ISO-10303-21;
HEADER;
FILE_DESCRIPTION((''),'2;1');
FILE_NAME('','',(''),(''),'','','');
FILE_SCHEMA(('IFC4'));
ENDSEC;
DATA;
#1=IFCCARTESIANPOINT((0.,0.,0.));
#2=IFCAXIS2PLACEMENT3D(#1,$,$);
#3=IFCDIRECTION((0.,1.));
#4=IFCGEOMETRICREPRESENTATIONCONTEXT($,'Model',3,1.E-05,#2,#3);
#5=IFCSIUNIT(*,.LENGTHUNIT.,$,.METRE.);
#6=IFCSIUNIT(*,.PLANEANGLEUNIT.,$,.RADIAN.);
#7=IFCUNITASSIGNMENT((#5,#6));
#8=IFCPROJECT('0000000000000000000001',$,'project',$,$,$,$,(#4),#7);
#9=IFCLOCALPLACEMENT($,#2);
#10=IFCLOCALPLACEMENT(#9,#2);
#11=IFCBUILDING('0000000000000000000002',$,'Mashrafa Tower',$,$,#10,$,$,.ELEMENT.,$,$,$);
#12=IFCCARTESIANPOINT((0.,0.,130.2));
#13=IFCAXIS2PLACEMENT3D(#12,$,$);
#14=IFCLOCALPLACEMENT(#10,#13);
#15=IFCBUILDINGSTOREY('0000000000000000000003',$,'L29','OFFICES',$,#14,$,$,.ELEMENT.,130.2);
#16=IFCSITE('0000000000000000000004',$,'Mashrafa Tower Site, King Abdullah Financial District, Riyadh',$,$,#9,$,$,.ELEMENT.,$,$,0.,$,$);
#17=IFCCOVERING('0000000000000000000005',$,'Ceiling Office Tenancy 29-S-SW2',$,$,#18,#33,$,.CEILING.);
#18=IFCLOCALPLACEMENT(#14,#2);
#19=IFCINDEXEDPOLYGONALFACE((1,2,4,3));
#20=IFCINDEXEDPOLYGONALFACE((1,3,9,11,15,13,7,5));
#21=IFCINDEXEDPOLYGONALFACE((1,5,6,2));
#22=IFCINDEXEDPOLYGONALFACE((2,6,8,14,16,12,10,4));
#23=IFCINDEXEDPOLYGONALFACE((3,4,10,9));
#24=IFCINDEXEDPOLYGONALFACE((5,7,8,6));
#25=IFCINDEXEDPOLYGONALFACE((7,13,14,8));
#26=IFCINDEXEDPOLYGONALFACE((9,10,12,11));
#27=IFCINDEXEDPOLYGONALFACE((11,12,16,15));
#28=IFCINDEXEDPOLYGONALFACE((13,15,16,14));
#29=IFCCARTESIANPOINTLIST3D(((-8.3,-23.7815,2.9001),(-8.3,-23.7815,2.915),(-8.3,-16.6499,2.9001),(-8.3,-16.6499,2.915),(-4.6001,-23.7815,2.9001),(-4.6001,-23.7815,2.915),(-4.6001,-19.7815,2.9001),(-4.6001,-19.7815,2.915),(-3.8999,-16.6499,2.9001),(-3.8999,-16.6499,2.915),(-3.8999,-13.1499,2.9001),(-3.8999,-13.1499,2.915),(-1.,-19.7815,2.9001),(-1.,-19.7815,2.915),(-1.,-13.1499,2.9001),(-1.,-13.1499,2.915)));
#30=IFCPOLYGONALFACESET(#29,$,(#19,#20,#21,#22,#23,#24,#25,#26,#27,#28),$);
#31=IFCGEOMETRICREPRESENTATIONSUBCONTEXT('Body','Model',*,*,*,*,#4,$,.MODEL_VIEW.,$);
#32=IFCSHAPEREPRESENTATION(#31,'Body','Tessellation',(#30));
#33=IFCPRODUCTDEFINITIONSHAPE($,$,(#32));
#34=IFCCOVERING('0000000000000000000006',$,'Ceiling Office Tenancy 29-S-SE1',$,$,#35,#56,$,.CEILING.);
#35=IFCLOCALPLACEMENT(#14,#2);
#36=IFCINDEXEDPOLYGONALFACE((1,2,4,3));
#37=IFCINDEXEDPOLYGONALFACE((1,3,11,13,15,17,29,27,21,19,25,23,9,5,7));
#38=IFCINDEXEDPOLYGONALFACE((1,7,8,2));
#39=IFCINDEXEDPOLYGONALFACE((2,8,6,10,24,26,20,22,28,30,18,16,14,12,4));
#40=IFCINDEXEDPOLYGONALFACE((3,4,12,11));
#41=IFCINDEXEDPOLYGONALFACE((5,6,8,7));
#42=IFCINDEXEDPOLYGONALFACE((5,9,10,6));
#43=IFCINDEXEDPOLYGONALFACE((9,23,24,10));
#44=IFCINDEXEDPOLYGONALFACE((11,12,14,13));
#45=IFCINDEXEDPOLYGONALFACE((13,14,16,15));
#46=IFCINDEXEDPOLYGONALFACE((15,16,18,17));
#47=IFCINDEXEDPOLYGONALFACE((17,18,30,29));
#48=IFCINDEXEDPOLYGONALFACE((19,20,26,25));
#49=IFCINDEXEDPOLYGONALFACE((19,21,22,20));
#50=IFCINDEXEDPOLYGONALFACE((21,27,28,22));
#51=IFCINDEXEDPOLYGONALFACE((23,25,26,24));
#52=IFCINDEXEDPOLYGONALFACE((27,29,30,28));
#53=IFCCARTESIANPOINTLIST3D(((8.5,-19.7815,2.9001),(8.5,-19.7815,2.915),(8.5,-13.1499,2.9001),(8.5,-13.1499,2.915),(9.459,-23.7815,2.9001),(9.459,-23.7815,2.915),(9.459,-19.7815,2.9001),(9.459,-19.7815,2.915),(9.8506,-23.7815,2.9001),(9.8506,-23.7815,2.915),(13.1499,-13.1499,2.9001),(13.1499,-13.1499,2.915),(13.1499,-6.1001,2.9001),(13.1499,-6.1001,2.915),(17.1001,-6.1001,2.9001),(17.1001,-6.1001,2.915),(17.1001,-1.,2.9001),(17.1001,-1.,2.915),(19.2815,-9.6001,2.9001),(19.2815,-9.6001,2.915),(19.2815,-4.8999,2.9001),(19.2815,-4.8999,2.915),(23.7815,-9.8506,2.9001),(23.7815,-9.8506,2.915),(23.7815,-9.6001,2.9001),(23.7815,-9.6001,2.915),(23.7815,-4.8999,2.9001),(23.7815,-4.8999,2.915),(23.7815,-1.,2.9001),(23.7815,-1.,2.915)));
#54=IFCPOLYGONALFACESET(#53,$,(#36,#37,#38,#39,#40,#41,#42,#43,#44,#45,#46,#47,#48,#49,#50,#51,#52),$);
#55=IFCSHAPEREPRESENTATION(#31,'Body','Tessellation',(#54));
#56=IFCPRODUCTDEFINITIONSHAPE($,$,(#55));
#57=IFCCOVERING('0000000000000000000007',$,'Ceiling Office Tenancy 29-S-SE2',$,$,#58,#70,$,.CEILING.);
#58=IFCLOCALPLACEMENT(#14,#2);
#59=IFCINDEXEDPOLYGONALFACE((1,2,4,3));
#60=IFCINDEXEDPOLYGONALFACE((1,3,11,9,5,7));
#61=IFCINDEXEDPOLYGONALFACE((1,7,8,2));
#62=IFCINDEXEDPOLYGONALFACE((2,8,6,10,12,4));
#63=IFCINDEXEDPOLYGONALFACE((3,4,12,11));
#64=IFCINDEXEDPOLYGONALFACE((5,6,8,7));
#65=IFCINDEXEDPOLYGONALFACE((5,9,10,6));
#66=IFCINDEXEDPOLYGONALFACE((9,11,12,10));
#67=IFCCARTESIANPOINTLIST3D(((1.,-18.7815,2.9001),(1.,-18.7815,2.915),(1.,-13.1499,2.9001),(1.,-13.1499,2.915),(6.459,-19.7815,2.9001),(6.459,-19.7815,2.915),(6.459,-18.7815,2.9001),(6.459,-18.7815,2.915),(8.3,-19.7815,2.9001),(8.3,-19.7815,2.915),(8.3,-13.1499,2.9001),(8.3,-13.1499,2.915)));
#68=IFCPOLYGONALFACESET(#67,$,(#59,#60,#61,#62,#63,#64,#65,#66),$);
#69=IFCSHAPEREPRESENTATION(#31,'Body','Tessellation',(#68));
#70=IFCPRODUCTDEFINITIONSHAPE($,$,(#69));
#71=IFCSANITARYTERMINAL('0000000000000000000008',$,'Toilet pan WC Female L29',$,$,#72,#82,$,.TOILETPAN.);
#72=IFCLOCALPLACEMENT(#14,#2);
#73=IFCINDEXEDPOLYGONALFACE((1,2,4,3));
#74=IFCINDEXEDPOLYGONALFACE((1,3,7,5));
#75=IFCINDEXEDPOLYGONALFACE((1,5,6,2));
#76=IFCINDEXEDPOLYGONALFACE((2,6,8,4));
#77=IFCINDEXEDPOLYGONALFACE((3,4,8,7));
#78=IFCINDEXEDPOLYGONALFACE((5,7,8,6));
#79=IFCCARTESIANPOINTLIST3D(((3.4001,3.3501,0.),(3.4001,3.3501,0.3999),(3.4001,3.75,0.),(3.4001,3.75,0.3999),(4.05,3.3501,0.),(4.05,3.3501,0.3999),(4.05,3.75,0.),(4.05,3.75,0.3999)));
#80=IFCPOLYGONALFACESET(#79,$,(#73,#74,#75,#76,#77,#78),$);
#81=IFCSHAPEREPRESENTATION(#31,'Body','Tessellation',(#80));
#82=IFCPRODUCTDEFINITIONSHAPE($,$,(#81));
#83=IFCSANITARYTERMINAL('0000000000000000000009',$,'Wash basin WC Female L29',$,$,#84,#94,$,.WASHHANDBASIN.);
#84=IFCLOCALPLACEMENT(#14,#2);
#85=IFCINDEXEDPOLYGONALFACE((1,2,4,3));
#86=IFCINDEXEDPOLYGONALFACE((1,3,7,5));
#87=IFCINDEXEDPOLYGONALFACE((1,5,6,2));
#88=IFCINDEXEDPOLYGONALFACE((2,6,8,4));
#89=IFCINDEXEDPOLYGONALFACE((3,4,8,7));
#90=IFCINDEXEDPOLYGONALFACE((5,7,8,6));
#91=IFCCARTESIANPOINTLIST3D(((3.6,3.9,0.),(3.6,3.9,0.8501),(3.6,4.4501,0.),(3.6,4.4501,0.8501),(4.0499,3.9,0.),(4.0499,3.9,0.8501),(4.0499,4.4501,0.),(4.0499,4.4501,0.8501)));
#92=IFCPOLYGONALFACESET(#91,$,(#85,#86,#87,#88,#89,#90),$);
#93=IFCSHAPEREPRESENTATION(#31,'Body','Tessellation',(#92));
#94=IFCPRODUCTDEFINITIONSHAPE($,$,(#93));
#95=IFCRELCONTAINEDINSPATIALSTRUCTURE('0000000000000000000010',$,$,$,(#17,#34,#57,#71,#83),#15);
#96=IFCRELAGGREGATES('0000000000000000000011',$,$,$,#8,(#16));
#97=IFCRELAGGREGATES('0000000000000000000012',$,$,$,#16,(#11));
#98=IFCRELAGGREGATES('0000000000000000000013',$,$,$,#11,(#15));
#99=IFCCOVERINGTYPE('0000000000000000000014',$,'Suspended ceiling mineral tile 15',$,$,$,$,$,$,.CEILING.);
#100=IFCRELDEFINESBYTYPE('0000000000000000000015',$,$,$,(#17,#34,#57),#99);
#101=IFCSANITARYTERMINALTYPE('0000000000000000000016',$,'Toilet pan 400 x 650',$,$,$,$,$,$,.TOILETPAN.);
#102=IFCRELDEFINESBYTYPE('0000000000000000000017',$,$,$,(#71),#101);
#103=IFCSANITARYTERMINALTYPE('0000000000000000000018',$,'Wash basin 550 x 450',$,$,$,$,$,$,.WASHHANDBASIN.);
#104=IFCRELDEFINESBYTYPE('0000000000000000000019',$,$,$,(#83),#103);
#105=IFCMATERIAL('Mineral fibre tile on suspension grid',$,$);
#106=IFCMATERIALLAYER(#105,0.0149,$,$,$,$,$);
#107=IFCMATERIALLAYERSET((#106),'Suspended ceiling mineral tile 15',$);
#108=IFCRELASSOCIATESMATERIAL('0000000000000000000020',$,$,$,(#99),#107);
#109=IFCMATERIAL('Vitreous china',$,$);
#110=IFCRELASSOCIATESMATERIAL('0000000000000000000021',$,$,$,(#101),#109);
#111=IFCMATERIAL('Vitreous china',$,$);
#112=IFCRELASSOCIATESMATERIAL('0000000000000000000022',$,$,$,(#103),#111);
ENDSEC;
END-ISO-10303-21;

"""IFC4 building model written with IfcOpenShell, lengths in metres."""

from ifc_helpers import new_model, si_unit, direction, frame, origin, origin_2d, place, context, subcontext, project, spatial, polyline, rectangle, outline, extrude, material, layer, layer_set, type_object, element, save


model = new_model("IFC4")

# Units and contexts
model_context = context("Model", 3, precision=1e-05, world=origin(), true_north=direction((0.0, 1.0)))
body_context = subcontext(model_context, "Body", "Model", "MODEL_VIEW")
ifc_project = project(units=[si_unit("LENGTHUNIT", "METRE"), si_unit("PLANEANGLEUNIT", "RADIAN")], contexts=[model_context])

# Site, building, storey
site_placement = place(None, origin())
site = spatial("IfcSite", under=ifc_project, at=site_placement, Name="Mashrafa Tower Site, King Abdullah Financial District, Riyadh", CompositionType="ELEMENT", RefElevation=0.0)
building_placement = place(site_placement, origin())
building = spatial("IfcBuilding", under=site, at=building_placement, Name="Mashrafa Tower", CompositionType="ELEMENT")
storey_placement = place(building_placement, frame((0.0, 0.0, 130.2)))
storey = spatial("IfcBuildingStorey", under=building, at=storey_placement, Name="L29", Description="OFFICES", CompositionType="ELEMENT", Elevation=130.2)

# Coverings
ifc_material_1 = material(Name="Mineral fibre tile on suspension grid")
ifc_layer_1 = layer(ifc_material_1, 0.0149)
ifc_layer_set_1 = layer_set([ifc_layer_1], Name="Suspended ceiling mineral tile 15")
covering_type = type_object("IfcCoveringType", Name="Suspended ceiling mineral tile 15", PredefinedType="CEILING", material=ifc_layer_set_1)
covering_1_placement = place(storey_placement, frame((0.0, 0.0, 2.9001)))
element("IfcCovering", 1, at=covering_1_placement, inside=storey, type_object=covering_type, Name="Ceiling Office Tenancy 29-S-SW2", PredefinedType="CEILING", context=body_context, shape_type="SweptSolid", body=[
    extrude(outline(polyline([(-4.6001, -23.7815), (-8.3, -23.7815), (-8.3, -16.6499), (-3.8999, -16.6499), (-3.8999, -13.1499), (-1.0, -13.1499), (-1.0, -19.7815), (-4.6001, -19.7815), (-4.6001, -23.7815)])), origin(), (0.0, 0.0, 1.0), 0.0149),
])
covering_2_placement = place(storey_placement, frame((0.0, 0.0, 2.9001)))
element("IfcCovering", 2, at=covering_2_placement, inside=storey, type_object=covering_type, Name="Ceiling Office Tenancy 29-S-SE1", PredefinedType="CEILING", context=body_context, shape_type="SweptSolid", body=[
    extrude(outline(polyline([(23.7815, -1.0), (23.7815, -4.8999), (19.2815, -4.8999), (19.2815, -9.6001), (23.7815, -9.6001), (23.7815, -9.8506), (9.8506, -23.7815), (9.459, -23.7815), (9.459, -19.7815), (8.5, -19.7815), (8.5, -13.1499), (13.1499, -13.1499), (13.1499, -6.1001), (17.1001, -6.1001), (17.1001, -1.0), (23.7815, -1.0)])), origin(), (0.0, 0.0, 1.0), 0.0149),
])
covering_3_placement = place(storey_placement, frame((0.0, 0.0, 2.9001)))
element("IfcCovering", 3, at=covering_3_placement, inside=storey, type_object=covering_type, Name="Ceiling Office Tenancy 29-S-SE2", PredefinedType="CEILING", context=body_context, shape_type="SweptSolid", body=[
    extrude(outline(polyline([(8.3, -13.1499), (8.3, -19.7815), (6.459, -19.7815), (6.459, -18.7815), (1.0, -18.7815), (1.0, -13.1499), (8.3, -13.1499)])), origin(), (0.0, 0.0, 1.0), 0.0149),
])

# Sanitary terminals
ifc_material_2 = material(Name="Vitreous china")
sanitary_terminal_type_1 = type_object("IfcSanitaryTerminalType", Name="Toilet pan 400 x 650", PredefinedType="TOILETPAN", material=ifc_material_2)
sanitary_terminal_1_placement = place(storey_placement, frame((3.7251, 3.55, 0.0), z_axis=(0.0, 0.0, 1.0), x_axis=(0.0, 1.0, 0.0)))
element("IfcSanitaryTerminal", 4, at=sanitary_terminal_1_placement, inside=storey, type_object=sanitary_terminal_type_1, Name="Toilet pan WC Female L29", PredefinedType="TOILETPAN", context=body_context, shape_type="SweptSolid", body=[
    extrude(rectangle(XDim=0.3999, YDim=0.6499, at=origin_2d()), origin(), (0.0, 0.0, 1.0), 0.3999),
])
ifc_material_3 = material(Name="Vitreous china")
sanitary_terminal_type_2 = type_object("IfcSanitaryTerminalType", Name="Wash basin 550 x 450", PredefinedType="WASHHANDBASIN", material=ifc_material_3)
sanitary_terminal_2_placement = place(storey_placement, frame((3.825, 4.175, 0.0), z_axis=(0.0, 0.0, 1.0), x_axis=(0.0, 1.0, 0.0)))
element("IfcSanitaryTerminal", 5, at=sanitary_terminal_2_placement, inside=storey, type_object=sanitary_terminal_type_2, Name="Wash basin WC Female L29", PredefinedType="WASHHANDBASIN", context=body_context, shape_type="SweptSolid", body=[
    extrude(rectangle(XDim=0.55, YDim=0.45, at=origin_2d()), origin(), (0.0, 0.0, 1.0), 0.8501),
])

save(model, "model.ifc")
